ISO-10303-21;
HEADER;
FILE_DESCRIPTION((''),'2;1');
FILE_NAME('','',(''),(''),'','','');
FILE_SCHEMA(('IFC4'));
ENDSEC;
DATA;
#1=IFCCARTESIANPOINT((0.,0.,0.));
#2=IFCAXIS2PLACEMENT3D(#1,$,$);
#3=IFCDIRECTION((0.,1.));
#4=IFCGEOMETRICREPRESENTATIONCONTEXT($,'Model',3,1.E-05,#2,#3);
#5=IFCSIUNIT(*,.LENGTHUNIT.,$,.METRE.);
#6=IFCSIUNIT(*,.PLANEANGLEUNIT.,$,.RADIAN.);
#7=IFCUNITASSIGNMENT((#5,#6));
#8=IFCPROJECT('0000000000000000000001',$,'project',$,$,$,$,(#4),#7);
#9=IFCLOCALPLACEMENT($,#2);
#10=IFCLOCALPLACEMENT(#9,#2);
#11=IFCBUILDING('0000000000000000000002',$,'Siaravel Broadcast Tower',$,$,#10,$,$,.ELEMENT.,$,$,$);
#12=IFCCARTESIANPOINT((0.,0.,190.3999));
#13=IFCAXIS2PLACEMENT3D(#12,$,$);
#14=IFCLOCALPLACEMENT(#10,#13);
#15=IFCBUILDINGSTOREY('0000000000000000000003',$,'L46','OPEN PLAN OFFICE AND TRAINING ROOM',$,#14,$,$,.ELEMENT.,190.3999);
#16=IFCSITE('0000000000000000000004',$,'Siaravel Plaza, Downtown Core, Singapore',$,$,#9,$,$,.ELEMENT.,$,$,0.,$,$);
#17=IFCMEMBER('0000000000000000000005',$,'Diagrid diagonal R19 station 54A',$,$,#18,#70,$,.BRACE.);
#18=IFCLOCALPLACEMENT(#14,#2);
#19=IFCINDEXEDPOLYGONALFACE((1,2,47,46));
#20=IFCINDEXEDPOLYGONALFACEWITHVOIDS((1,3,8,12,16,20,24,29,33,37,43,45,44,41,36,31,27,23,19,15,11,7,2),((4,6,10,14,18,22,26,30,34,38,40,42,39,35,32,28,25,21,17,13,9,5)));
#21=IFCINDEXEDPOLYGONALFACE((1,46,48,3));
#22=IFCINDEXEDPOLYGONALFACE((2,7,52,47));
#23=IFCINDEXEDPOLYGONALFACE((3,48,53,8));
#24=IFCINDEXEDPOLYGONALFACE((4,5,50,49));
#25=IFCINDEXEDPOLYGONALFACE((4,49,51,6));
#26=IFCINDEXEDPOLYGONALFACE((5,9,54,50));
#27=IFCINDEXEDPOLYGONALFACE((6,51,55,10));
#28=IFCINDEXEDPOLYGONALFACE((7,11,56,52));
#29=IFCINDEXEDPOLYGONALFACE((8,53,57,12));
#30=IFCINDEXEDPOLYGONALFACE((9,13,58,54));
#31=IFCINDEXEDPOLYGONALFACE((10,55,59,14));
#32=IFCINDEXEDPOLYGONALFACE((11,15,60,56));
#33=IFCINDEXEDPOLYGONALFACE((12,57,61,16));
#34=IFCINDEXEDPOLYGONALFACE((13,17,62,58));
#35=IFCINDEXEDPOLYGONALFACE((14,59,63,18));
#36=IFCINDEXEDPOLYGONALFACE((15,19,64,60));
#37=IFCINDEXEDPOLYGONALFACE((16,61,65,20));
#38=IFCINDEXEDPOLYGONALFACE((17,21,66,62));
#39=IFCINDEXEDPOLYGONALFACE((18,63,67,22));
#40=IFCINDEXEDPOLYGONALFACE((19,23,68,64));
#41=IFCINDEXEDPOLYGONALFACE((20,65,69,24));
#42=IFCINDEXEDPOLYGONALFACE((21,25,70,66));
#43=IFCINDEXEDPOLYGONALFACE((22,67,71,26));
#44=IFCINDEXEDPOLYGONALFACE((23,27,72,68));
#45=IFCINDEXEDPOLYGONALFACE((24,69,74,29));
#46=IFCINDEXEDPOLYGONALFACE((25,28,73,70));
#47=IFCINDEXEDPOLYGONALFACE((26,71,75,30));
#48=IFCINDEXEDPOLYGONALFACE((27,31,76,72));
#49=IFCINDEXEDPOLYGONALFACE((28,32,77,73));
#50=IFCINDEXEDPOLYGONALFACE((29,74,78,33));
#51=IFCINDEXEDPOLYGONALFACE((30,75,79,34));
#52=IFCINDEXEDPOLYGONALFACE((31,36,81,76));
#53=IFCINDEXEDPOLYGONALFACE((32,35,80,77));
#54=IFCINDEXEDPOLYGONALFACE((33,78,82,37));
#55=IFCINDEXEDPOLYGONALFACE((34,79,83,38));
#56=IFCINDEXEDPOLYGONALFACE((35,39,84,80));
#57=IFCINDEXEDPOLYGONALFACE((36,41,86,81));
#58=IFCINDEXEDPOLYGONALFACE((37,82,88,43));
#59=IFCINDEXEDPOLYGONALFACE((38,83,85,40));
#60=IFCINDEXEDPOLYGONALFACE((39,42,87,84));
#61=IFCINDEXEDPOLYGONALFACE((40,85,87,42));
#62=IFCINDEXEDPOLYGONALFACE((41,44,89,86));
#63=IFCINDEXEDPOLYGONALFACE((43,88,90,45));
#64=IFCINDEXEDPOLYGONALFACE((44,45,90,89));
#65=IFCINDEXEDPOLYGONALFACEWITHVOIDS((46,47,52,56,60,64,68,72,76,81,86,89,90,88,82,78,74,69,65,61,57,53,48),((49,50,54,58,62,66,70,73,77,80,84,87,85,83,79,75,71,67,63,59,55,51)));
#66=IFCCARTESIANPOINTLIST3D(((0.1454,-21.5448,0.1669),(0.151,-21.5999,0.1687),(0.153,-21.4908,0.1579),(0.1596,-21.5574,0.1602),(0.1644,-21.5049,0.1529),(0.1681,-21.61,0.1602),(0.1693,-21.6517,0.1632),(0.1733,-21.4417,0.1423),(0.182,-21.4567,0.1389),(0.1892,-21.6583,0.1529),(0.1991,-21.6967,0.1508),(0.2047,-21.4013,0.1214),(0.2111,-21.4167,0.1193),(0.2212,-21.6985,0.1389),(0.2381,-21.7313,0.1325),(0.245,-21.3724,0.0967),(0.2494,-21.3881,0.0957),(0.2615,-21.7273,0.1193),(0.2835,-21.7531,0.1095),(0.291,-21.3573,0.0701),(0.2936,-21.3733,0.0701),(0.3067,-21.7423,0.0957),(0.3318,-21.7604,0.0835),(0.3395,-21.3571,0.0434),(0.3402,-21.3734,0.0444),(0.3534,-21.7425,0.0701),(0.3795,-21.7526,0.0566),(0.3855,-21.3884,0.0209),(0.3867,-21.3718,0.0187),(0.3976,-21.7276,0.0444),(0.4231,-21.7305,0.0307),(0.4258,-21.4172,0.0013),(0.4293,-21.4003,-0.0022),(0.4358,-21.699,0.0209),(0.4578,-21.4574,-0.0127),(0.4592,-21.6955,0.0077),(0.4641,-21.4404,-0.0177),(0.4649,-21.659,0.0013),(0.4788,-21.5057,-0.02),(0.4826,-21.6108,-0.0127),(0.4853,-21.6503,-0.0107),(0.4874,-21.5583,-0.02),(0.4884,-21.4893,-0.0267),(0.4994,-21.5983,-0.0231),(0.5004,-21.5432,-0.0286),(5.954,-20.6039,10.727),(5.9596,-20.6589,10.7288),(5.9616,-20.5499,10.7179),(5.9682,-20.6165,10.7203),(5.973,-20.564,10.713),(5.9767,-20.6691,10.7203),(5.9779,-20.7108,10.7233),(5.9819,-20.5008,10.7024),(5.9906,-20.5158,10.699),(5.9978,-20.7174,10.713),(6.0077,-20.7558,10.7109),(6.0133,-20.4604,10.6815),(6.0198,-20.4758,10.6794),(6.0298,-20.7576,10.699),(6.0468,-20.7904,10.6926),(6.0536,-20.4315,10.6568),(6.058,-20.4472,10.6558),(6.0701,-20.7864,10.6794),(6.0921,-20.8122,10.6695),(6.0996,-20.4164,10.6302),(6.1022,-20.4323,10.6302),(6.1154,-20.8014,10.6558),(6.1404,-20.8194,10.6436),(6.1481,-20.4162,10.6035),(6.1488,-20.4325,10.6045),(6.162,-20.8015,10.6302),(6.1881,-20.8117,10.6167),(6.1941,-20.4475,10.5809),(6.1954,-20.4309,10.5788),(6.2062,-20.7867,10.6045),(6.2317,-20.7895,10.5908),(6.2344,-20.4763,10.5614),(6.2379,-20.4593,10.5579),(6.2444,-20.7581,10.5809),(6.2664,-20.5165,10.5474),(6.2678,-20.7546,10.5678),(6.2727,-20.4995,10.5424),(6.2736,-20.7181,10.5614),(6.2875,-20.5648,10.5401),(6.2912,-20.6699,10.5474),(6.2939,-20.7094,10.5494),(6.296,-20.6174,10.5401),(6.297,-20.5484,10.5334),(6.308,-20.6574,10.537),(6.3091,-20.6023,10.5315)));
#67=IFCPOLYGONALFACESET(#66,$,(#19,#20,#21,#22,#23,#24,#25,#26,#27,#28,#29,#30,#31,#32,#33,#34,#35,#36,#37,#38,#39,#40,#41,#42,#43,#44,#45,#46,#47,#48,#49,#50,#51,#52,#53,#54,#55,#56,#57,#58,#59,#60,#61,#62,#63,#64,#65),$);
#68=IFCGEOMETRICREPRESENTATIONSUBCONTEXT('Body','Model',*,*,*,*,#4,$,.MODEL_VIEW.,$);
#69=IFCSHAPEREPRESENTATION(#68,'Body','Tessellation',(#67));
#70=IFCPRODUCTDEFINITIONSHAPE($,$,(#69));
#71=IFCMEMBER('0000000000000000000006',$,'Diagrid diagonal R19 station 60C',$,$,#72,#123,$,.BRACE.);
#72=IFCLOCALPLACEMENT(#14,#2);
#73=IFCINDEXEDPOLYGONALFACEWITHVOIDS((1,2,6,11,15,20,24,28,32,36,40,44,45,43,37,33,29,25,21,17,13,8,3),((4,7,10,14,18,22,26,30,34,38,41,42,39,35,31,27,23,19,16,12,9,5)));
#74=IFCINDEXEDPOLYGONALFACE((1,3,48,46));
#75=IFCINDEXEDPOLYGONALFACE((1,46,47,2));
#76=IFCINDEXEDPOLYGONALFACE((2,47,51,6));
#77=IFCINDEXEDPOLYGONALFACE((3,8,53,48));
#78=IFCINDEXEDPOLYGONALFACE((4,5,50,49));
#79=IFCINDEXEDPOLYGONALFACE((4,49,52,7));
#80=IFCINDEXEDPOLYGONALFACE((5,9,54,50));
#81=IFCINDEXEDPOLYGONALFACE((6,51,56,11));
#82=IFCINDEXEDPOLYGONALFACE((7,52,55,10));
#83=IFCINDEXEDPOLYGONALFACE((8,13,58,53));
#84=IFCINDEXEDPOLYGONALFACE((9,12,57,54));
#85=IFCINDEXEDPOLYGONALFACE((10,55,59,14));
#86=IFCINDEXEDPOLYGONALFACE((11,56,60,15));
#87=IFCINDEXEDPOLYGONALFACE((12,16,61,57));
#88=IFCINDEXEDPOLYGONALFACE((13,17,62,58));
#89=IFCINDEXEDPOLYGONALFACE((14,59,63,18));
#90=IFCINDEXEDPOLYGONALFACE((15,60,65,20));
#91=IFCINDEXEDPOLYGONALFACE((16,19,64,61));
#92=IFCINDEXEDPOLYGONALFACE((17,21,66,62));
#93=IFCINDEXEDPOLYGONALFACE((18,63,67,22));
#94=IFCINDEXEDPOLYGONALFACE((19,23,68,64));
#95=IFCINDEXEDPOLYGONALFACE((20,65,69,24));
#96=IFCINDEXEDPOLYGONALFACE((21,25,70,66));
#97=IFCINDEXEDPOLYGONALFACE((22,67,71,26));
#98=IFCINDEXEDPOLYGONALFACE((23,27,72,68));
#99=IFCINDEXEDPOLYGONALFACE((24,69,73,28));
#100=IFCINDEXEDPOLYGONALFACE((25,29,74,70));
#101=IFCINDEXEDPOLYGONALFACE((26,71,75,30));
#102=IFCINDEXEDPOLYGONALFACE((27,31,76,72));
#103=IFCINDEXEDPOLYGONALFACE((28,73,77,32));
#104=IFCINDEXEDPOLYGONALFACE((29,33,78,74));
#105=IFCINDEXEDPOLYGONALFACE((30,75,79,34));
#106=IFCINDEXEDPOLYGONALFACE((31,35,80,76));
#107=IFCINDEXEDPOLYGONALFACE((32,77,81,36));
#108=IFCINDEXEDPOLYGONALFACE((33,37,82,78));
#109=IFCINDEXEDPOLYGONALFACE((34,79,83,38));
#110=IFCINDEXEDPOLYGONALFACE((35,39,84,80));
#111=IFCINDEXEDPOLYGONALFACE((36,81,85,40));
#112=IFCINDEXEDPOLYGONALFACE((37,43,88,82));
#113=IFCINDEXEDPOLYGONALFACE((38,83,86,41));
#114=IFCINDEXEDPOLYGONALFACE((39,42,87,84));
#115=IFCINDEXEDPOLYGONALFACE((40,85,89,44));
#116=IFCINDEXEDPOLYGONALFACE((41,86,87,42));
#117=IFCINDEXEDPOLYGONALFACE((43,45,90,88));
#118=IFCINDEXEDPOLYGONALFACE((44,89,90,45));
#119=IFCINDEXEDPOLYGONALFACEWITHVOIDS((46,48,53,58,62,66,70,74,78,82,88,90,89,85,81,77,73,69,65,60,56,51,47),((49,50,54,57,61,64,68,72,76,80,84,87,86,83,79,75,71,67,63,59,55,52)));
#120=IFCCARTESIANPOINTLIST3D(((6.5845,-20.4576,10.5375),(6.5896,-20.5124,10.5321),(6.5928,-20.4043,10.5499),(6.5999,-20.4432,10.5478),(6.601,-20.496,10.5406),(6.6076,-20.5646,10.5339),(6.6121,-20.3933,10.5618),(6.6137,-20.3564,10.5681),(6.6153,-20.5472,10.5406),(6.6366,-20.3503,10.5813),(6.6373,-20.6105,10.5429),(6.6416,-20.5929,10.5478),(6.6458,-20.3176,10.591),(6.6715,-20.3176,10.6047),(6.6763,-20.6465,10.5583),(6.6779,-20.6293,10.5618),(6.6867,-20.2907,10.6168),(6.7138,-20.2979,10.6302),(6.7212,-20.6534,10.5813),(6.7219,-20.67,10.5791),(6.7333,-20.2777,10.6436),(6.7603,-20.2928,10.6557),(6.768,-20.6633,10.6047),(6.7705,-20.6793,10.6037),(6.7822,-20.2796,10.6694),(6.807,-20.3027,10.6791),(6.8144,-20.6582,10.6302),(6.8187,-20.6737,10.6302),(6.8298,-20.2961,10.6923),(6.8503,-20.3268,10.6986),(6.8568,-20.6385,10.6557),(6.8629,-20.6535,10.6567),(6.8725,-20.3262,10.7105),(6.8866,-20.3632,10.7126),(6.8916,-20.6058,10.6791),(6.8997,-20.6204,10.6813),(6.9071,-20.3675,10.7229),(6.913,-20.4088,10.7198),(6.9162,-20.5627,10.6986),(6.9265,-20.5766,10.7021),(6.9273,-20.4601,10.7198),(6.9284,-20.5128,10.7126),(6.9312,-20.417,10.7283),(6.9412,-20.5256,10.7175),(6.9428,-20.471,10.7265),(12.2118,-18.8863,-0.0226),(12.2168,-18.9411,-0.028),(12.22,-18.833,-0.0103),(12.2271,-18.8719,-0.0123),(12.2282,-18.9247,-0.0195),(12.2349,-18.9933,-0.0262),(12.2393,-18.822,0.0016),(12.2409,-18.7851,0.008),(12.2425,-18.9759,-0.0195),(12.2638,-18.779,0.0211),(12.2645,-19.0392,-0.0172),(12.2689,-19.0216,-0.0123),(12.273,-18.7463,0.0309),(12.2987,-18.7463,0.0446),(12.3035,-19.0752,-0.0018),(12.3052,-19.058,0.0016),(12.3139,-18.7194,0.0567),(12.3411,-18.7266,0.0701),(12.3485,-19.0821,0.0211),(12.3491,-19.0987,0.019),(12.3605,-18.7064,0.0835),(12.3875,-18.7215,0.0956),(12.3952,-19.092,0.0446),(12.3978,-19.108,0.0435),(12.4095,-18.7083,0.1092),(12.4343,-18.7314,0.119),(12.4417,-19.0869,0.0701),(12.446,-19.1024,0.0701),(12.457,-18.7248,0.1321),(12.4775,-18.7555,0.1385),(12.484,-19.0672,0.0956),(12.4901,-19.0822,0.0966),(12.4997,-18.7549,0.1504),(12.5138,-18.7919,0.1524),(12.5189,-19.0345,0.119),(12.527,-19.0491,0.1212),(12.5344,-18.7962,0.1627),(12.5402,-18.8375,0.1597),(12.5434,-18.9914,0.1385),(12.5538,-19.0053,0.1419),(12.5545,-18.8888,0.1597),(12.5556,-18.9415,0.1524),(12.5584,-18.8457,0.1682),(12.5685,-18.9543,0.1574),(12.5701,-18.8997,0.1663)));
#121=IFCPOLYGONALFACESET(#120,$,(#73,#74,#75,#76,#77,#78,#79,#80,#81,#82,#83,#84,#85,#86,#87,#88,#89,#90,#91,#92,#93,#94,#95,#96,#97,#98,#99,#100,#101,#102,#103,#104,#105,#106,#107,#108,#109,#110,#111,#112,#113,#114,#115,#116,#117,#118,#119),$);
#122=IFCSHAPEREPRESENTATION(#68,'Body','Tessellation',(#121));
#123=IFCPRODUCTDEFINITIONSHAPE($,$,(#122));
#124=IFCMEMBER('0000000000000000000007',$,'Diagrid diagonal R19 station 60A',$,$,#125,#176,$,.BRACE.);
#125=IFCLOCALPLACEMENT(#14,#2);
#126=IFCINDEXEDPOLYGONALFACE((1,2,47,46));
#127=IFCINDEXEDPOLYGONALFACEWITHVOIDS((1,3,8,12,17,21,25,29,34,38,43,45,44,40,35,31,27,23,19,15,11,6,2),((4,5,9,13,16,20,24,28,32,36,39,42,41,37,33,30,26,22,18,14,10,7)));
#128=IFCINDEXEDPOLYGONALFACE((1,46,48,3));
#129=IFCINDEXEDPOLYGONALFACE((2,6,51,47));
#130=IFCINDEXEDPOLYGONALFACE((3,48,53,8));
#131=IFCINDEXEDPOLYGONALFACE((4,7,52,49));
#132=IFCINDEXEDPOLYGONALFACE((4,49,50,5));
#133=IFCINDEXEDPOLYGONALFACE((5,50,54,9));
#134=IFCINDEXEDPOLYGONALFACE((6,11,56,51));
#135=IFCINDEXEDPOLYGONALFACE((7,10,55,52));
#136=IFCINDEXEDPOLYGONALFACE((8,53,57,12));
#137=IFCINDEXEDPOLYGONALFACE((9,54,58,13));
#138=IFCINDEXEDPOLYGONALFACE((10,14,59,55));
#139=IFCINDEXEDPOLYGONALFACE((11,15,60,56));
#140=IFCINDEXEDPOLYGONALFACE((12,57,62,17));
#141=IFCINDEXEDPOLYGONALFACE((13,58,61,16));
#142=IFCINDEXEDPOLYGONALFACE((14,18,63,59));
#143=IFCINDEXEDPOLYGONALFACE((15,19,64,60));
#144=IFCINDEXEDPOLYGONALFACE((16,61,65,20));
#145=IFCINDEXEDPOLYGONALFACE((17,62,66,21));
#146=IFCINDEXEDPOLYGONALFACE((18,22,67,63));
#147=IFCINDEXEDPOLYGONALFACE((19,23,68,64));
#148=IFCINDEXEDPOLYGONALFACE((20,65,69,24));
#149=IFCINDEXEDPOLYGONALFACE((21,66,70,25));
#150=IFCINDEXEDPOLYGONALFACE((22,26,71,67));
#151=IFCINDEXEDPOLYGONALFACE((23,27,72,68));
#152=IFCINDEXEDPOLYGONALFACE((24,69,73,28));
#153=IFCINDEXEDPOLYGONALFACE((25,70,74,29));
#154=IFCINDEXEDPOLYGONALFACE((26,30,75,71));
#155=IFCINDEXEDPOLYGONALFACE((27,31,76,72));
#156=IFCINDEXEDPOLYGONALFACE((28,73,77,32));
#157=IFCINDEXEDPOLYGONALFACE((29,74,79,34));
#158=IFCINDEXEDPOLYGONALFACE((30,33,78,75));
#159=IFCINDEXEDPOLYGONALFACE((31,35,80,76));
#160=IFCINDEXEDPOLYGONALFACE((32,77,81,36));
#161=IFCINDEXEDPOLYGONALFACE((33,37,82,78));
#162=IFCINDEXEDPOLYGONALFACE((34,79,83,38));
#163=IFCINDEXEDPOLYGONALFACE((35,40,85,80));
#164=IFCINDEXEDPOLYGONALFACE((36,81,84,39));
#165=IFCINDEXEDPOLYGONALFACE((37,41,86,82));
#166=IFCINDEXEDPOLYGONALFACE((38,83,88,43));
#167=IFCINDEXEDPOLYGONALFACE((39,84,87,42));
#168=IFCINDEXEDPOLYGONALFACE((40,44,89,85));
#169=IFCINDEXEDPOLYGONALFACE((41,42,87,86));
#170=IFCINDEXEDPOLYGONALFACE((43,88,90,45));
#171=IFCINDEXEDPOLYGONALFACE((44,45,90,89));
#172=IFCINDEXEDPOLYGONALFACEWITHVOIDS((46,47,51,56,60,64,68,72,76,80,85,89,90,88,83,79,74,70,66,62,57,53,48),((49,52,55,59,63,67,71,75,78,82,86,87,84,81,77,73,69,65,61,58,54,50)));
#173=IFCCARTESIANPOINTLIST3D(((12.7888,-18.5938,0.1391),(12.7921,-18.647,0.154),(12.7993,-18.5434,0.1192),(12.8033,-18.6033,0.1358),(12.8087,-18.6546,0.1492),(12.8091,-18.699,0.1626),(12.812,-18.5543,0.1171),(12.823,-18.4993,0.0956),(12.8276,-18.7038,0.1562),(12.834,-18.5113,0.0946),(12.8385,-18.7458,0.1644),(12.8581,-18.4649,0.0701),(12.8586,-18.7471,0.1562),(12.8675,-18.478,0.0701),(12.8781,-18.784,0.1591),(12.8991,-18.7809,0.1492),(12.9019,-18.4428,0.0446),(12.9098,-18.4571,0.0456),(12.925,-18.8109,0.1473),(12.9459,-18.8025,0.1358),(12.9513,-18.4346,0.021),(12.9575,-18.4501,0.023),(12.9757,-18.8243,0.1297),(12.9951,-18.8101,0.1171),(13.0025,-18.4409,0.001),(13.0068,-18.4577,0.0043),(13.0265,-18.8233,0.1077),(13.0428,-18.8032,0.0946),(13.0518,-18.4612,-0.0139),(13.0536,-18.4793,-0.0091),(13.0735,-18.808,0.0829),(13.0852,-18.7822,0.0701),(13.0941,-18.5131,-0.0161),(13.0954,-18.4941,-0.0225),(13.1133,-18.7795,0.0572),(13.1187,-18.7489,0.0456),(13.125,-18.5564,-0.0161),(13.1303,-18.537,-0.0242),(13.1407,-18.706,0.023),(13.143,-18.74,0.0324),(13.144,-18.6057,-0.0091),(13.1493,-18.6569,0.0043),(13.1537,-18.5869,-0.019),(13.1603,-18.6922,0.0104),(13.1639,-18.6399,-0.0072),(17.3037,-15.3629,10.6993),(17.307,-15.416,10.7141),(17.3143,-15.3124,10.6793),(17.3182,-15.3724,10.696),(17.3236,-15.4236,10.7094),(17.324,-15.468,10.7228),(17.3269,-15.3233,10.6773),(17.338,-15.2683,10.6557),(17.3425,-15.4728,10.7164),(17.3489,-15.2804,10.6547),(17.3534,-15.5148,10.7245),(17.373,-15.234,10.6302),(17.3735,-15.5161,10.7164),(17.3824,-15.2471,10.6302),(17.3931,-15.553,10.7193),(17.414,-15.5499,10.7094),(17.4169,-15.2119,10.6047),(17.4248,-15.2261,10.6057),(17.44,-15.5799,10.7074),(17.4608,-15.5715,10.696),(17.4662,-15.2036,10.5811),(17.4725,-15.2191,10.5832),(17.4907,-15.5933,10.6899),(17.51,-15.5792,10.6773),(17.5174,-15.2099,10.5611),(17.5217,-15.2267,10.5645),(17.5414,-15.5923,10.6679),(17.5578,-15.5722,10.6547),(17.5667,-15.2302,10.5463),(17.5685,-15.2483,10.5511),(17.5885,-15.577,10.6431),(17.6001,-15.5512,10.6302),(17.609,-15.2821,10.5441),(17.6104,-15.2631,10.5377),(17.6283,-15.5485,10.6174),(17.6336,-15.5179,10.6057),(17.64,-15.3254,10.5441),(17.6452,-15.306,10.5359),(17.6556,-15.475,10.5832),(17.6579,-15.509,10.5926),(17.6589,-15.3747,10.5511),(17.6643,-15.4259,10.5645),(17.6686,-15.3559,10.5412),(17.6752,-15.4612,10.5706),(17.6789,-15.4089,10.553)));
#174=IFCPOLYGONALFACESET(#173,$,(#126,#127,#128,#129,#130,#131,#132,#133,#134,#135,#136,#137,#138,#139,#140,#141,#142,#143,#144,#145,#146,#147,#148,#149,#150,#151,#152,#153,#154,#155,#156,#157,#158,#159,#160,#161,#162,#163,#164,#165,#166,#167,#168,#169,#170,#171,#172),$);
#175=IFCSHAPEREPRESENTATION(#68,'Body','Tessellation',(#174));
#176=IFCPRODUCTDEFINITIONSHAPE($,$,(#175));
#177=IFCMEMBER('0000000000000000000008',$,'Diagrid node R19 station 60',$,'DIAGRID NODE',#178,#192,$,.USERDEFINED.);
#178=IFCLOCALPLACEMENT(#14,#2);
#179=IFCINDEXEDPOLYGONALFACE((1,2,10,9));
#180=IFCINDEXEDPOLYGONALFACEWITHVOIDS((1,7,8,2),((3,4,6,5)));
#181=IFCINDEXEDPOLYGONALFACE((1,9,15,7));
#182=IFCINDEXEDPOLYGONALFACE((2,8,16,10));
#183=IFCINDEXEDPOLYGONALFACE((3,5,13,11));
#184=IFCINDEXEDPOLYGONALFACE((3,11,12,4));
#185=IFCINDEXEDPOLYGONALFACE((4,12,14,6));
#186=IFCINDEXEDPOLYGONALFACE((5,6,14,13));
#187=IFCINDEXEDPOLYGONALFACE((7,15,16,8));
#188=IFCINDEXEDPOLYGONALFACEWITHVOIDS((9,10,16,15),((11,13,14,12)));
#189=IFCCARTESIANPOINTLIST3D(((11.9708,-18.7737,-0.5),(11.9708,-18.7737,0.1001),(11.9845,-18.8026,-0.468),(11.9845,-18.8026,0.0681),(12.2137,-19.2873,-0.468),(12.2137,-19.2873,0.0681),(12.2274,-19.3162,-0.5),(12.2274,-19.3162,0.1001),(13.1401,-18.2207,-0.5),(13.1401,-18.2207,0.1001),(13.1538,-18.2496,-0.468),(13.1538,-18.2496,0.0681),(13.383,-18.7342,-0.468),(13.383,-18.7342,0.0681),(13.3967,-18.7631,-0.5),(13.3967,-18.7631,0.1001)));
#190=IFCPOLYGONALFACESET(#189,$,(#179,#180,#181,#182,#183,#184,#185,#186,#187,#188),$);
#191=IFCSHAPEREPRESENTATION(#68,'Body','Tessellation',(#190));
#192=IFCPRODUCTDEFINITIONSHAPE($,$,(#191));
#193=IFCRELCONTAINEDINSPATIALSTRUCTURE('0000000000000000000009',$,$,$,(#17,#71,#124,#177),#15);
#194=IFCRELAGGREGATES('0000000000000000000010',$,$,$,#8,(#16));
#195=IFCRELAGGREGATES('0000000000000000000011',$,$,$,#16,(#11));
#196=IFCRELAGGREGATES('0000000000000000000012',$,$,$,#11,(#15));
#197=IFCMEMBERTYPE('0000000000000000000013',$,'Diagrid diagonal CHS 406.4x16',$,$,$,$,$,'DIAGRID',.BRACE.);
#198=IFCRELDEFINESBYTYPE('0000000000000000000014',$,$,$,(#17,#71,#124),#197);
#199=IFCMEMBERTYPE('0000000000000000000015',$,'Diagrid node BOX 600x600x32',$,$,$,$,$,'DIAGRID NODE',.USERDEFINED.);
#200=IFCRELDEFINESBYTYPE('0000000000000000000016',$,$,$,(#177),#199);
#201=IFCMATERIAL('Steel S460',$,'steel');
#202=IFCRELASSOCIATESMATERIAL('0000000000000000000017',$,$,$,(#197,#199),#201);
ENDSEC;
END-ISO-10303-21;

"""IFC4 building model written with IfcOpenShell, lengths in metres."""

from ifc_helpers import new_model, si_unit, direction, frame, origin, origin_2d, place, context, subcontext, project, spatial, hollow_rectangle, hollow_circle, extrude, material, material_profile, profile_set, type_object, element, save


model = new_model("IFC4")

# Units and contexts
model_context = context("Model", 3, precision=1e-05, world=origin(), true_north=direction((0.0, 1.0)))
body_context = subcontext(model_context, "Body", "Model", "MODEL_VIEW")
ifc_project = project(units=[si_unit("LENGTHUNIT", "METRE"), si_unit("PLANEANGLEUNIT", "RADIAN")], contexts=[model_context])

# Site, building, storey
site_placement = place(None, origin())
site = spatial("IfcSite", under=ifc_project, at=site_placement, Name="Siaravel Plaza, Downtown Core, Singapore", CompositionType="ELEMENT", RefElevation=0.0)
building_placement = place(site_placement, origin())
building = spatial("IfcBuilding", under=site, at=building_placement, Name="Siaravel Broadcast Tower", CompositionType="ELEMENT")
storey_placement = place(building_placement, frame((0.0, 0.0, 190.3999)))
storey = spatial("IfcBuildingStorey", under=building, at=storey_placement, Name="L46", Description="OPEN PLAN OFFICE AND TRAINING ROOM", CompositionType="ELEMENT", Elevation=190.3999)

# Members
ifc_material_1 = material(Name="Steel S460", Category="steel")
ifc_material_profile_1 = material_profile(ifc_material_1, hollow_circle(Radius=0.2031, WallThickness=0.0161, at=origin_2d()))
ifc_profile_set_1 = profile_set([ifc_material_profile_1], Name="Steel S460")
member_type_1 = type_object("IfcMemberType", Name="Diagrid diagonal CHS 406.4x16", ElementType="DIAGRID", PredefinedType="BRACE", material=ifc_profile_set_1)
member_1_placement = place(storey_placement, frame((0.3235, -21.5579, 0.0701), z_axis=(0.480492, 0.077834, 0.873538), x_axis=(-0.159903, 0.987133, 0.0)))
element("IfcMember", 1, at=member_1_placement, inside=storey, type_object=member_type_1, Name="Diagrid diagonal R19 station 54A", PredefinedType="BRACE", context=body_context, shape_type="SweptSolid", body=[
    extrude(hollow_circle(Radius=0.2031, WallThickness=0.0161, at=origin_2d()), origin(), (0.0, 0.0, 1.0), 12.0889),
])
member_2_placement = place(storey_placement, frame((12.3914, -18.9067, 0.0701), z_axis=(-0.466271, -0.130197, 0.875009), x_axis=(0.268943, -0.963156, 0.0)))
element("IfcMember", 2, at=member_2_placement, inside=storey, type_object=member_type_1, Name="Diagrid diagonal R19 station 60C", PredefinedType="BRACE", context=body_context, shape_type="SweptSolid", body=[
    extrude(hollow_circle(Radius=0.2031, WallThickness=0.0161, at=origin_2d()), origin(), (0.0, 0.0, 1.0), 12.0686),
])
member_3_placement = place(storey_placement, frame((12.9763, -18.6301, 0.0701), z_axis=(0.378431, 0.270814, 0.885127), x_axis=(-0.581958, 0.813219, 0.0)))
element("IfcMember", 3, at=member_3_placement, inside=storey, type_object=member_type_1, Name="Diagrid diagonal R19 station 60A", PredefinedType="BRACE", context=body_context, shape_type="SweptSolid", body=[
    extrude(hollow_circle(Radius=0.2031, WallThickness=0.0161, at=origin_2d()), origin(), (0.0, 0.0, 1.0), 11.9307),
])
ifc_material_profile_2 = material_profile(ifc_material_1, hollow_rectangle(XDim=0.6001, YDim=0.6001, WallThickness=0.032, at=origin_2d()))
ifc_profile_set_2 = profile_set([ifc_material_profile_2], Name="Steel S460")
member_type_2 = type_object("IfcMemberType", Name="Diagrid node BOX 600x600x32", ElementType="DIAGRID NODE", PredefinedType="USERDEFINED", material=ifc_profile_set_2)
member_4_placement = place(storey_placement, frame((12.0991, -19.0449, -0.2), z_axis=(0.903991, 0.427551, 0.0), x_axis=(-0.427551, 0.903991, 0.0)))
element("IfcMember", 4, at=member_4_placement, inside=storey, type_object=member_type_2, Name="Diagrid node R19 station 60", ObjectType="DIAGRID NODE", PredefinedType="USERDEFINED", context=body_context, shape_type="SweptSolid", body=[
    extrude(hollow_rectangle(XDim=0.6001, YDim=0.6001, WallThickness=0.032, at=origin_2d()), origin(), (0.0, 0.0, 1.0), 1.2935),
])

save(model, "model.ifc")
